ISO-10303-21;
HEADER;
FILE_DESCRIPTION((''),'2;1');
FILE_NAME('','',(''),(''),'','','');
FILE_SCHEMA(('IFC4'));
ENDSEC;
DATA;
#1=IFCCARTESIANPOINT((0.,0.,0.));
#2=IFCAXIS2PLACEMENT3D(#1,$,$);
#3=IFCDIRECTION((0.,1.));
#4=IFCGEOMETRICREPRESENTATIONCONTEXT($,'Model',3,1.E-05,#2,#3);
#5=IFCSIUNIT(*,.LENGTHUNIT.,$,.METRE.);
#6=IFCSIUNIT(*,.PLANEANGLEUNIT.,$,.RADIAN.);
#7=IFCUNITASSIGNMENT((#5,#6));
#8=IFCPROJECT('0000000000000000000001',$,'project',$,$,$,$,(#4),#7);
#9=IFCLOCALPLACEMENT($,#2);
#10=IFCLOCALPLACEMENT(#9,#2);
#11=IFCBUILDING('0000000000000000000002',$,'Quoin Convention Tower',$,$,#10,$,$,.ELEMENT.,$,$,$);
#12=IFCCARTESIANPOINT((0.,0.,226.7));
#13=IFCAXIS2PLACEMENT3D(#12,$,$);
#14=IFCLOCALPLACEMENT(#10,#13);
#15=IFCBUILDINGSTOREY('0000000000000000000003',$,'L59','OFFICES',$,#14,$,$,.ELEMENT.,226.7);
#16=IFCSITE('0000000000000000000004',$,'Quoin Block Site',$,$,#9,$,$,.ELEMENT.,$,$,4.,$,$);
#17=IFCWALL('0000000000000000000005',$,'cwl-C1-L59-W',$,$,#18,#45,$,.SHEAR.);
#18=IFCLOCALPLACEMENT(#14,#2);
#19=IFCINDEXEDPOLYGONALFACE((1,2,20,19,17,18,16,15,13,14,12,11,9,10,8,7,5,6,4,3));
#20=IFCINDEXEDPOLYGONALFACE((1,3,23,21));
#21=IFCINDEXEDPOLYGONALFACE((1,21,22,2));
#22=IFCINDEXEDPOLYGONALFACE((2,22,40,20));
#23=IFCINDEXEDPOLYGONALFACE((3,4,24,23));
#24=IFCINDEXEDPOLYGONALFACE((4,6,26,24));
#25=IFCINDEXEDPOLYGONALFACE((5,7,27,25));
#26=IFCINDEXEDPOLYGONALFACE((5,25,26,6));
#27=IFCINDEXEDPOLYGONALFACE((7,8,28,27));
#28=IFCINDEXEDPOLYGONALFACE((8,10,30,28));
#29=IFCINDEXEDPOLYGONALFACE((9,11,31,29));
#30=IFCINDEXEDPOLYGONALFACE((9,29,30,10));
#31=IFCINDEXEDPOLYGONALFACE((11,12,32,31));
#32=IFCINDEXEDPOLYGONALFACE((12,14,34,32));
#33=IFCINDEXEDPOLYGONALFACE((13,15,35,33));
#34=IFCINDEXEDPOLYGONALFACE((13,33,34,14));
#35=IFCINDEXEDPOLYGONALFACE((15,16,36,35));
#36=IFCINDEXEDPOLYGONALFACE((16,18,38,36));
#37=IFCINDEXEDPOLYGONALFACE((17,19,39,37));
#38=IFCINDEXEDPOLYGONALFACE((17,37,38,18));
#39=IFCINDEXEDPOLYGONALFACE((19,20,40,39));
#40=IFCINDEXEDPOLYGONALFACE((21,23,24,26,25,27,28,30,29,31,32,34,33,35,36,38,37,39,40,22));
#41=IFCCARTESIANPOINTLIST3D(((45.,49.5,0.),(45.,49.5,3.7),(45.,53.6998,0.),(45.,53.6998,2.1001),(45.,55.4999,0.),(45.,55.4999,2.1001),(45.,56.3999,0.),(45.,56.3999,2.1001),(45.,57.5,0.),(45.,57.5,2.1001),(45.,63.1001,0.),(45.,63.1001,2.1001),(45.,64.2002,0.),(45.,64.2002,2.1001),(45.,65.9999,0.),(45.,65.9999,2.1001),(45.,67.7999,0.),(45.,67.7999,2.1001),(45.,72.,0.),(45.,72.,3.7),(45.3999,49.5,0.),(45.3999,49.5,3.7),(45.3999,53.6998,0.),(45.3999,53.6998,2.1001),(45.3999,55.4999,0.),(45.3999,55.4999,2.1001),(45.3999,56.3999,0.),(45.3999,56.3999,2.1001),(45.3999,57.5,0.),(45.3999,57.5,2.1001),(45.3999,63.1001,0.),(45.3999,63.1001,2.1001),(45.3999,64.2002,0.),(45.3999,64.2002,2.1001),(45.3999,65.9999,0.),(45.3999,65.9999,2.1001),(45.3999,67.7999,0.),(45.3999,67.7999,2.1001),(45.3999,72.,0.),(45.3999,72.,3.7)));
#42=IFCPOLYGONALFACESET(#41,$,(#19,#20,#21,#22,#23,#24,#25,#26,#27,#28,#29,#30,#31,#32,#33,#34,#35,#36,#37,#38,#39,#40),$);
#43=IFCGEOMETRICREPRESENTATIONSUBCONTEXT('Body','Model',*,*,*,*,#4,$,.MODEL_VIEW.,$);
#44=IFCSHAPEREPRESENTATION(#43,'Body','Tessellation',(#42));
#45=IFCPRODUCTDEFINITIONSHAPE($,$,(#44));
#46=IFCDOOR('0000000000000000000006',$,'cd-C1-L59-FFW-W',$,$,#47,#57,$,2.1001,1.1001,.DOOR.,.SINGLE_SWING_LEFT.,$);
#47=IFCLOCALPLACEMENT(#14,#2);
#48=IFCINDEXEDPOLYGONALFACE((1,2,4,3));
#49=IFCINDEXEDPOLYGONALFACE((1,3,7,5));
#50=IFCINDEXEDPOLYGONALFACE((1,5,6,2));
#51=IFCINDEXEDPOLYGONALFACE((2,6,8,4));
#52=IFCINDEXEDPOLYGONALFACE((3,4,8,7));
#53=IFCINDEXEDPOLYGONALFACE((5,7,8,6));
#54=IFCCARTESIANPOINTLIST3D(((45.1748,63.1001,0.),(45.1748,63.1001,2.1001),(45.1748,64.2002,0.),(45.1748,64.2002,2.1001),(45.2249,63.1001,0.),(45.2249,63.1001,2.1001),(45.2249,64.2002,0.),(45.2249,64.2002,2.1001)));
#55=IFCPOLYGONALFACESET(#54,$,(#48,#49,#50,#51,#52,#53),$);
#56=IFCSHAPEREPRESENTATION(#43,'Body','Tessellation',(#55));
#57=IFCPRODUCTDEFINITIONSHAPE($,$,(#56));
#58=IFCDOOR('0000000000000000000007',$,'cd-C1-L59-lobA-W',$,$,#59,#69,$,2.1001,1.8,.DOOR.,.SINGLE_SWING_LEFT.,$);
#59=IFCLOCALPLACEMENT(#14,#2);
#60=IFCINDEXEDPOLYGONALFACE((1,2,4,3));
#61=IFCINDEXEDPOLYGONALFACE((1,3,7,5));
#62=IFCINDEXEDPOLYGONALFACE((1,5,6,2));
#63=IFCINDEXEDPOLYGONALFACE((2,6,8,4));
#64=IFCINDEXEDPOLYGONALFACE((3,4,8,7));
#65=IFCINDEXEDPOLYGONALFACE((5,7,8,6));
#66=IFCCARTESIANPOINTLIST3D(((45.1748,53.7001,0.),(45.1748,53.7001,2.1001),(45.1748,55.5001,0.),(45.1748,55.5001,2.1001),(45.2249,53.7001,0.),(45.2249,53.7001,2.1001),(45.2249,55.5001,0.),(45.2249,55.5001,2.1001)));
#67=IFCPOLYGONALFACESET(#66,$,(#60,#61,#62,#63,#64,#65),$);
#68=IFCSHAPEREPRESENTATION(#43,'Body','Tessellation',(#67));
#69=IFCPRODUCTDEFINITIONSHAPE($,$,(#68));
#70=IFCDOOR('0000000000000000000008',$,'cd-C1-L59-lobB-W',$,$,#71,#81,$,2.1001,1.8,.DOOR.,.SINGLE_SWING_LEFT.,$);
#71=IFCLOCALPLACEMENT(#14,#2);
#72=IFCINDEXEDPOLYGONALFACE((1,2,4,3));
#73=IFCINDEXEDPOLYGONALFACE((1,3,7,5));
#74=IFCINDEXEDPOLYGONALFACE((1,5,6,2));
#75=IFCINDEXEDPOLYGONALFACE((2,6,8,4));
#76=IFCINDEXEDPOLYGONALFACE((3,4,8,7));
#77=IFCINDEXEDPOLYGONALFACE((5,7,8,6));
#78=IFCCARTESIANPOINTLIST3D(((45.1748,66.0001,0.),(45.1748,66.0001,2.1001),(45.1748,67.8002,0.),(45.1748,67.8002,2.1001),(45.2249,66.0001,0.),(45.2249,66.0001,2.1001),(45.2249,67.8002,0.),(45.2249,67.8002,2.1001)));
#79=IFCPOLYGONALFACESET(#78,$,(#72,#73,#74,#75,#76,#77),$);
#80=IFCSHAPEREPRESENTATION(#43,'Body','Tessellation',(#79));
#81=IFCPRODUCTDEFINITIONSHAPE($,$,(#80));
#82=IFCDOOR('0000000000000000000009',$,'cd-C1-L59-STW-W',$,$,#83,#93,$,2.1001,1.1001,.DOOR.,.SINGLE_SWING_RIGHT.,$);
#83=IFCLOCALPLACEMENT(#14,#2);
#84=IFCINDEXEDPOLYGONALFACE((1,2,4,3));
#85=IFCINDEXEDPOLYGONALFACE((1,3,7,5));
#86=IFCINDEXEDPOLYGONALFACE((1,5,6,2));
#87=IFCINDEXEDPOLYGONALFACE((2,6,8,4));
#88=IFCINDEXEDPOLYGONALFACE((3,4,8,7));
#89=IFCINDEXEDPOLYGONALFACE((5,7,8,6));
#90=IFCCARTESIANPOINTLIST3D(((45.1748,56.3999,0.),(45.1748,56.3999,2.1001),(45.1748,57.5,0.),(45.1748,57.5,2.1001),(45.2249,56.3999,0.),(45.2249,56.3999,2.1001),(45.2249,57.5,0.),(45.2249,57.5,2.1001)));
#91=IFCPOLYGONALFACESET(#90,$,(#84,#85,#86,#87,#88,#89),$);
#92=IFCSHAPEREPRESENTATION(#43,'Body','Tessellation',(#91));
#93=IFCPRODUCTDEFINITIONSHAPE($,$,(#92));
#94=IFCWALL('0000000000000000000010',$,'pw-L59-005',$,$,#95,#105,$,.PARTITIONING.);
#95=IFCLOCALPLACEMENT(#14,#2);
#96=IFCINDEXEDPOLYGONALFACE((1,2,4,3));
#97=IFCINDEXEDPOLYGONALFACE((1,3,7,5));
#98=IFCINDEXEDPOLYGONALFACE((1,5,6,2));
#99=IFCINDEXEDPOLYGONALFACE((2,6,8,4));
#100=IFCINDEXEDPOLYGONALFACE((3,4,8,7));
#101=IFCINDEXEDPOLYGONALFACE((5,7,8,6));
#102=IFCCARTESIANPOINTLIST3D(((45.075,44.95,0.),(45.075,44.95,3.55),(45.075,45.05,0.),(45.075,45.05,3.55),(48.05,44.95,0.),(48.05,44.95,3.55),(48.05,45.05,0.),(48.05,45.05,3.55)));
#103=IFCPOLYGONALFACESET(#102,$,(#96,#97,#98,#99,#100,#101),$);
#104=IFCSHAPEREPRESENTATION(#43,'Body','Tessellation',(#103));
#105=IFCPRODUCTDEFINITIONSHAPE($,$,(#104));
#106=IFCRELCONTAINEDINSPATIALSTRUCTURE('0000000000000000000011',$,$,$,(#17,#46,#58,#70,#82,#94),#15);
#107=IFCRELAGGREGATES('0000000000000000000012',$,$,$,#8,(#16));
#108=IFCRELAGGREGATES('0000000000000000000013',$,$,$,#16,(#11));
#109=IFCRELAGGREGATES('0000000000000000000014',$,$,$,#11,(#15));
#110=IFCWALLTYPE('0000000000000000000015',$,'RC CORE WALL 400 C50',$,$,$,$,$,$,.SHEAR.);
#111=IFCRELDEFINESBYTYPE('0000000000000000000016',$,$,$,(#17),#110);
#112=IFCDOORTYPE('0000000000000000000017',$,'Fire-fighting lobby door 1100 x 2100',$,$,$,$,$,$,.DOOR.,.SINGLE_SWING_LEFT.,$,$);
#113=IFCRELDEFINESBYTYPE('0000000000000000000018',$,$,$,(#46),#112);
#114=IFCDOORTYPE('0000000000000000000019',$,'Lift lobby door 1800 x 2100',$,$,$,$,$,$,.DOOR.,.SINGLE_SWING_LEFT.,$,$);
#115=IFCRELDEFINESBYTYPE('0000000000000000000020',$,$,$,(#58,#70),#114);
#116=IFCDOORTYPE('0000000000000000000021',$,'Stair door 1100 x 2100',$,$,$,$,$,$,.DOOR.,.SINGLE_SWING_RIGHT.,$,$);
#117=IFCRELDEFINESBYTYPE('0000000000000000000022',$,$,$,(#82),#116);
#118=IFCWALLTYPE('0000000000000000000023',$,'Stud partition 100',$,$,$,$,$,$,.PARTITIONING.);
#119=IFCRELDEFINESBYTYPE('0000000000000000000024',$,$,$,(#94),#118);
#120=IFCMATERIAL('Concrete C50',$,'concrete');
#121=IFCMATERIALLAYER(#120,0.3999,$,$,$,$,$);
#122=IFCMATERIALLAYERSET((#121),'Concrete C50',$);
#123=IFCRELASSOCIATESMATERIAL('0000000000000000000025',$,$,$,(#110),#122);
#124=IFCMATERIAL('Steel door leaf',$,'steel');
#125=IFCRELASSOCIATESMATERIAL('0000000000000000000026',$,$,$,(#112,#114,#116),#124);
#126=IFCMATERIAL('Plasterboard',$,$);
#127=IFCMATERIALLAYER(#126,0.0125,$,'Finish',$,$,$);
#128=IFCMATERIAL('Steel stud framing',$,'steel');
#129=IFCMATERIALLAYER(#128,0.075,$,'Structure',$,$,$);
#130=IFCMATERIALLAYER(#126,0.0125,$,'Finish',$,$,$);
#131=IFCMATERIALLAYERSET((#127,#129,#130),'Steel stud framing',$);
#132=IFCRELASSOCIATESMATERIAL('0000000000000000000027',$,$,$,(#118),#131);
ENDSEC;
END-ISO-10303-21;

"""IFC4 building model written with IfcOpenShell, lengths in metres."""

from ifc_helpers import new_model, si_unit, direction, frame, frame_2d, origin, place, context, subcontext, project, spatial, rectangle, extrude, material, layer, layer_set, type_object, element, fill, save


model = new_model("IFC4")

# Units and contexts
model_context = context("Model", 3, precision=1e-05, world=origin(), true_north=direction((0.0, 1.0)))
body_context = subcontext(model_context, "Body", "Model", "MODEL_VIEW")
ifc_project = project(units=[si_unit("LENGTHUNIT", "METRE"), si_unit("PLANEANGLEUNIT", "RADIAN")], contexts=[model_context])

# Site, building, storey
site_placement = place(None, origin())
site = spatial("IfcSite", under=ifc_project, at=site_placement, Name="Quoin Block Site", CompositionType="ELEMENT", RefElevation=4.0)
building_placement = place(site_placement, origin())
building = spatial("IfcBuilding", under=site, at=building_placement, Name="Quoin Convention Tower", CompositionType="ELEMENT")
storey_placement = place(building_placement, frame((0.0, 0.0, 226.7)))
storey = spatial("IfcBuildingStorey", under=building, at=storey_placement, Name="L59", Description="OFFICES", CompositionType="ELEMENT", Elevation=226.7)

# Shared definitions
ifc_material_1 = material(Name="Plasterboard")
ifc_material_2 = material(Name="Steel stud framing", Category="steel")
ifc_material_3 = material(Name="Steel door leaf", Category="steel")

# Shared definitions
ifc_material_4 = material(Name="Concrete C50", Category="concrete")
ifc_layer_1 = layer(ifc_material_4, 0.3999)
ifc_layer_set_1 = layer_set([ifc_layer_1], Name="Concrete C50")
wall_type_1 = type_object("IfcWallType", Name="RC CORE WALL 400 C50", PredefinedType="SHEAR", material=ifc_layer_set_1)

# Wall, openings, doors
wall_1_placement = place(storey_placement, frame((45.2, 49.5, 0.0), z_axis=(0.0, 0.0, 1.0), x_axis=(0.0, 1.0, 0.0)))
wall_1 = element("IfcWall", 1, at=wall_1_placement, inside=storey, type_object=wall_type_1, Name="cwl-C1-L59-W", PredefinedType="SHEAR", context=body_context, shape_type="SweptSolid", body=[
    extrude(rectangle(XDim=22.5, YDim=0.3999, at=frame_2d((11.25, 0.0))), origin(), (0.0, 0.0, 1.0), 3.7),
])
opening_1_placement = place(wall_1_placement, frame((4.2, 0.0, 0.0)))
opening_1 = element("IfcOpeningElement", 2, at=opening_1_placement, cuts=wall_1, PredefinedType="OPENING", context=body_context, shape_type="SweptSolid", body=[
    extrude(rectangle(XDim=1.8, YDim=2.1001, at=frame_2d((0.8999, 1.05))), frame((0.0, 0.21, 0.0), z_axis=(0.0, -1.0, 0.0), x_axis=(1.0, 0.0, 0.0)), (0.0, 0.0, 1.0), 0.4199),
])
opening_2_placement = place(wall_1_placement, frame((6.8999, 0.0, 0.0)))
opening_2 = element("IfcOpeningElement", 3, at=opening_2_placement, cuts=wall_1, PredefinedType="OPENING", context=body_context, shape_type="SweptSolid", body=[
    extrude(rectangle(XDim=1.1001, YDim=2.1001, at=frame_2d((0.55, 1.05))), frame((0.0, 0.21, 0.0), z_axis=(0.0, -1.0, 0.0), x_axis=(1.0, 0.0, 0.0)), (0.0, 0.0, 1.0), 0.4199),
])
opening_3_placement = place(wall_1_placement, frame((13.6001, 0.0, 0.0)))
opening_3 = element("IfcOpeningElement", 4, at=opening_3_placement, cuts=wall_1, PredefinedType="OPENING", context=body_context, shape_type="SweptSolid", body=[
    extrude(rectangle(XDim=1.1001, YDim=2.1001, at=frame_2d((0.55, 1.05))), frame((0.0, 0.21, 0.0), z_axis=(0.0, -1.0, 0.0), x_axis=(1.0, 0.0, 0.0)), (0.0, 0.0, 1.0), 0.4199),
])
opening_4_placement = place(wall_1_placement, frame((16.5, 0.0, 0.0)))
opening_4 = element("IfcOpeningElement", 5, at=opening_4_placement, cuts=wall_1, PredefinedType="OPENING", context=body_context, shape_type="SweptSolid", body=[
    extrude(rectangle(XDim=1.8, YDim=2.1001, at=frame_2d((0.8999, 1.05))), frame((0.0, 0.21, 0.0), z_axis=(0.0, -1.0, 0.0), x_axis=(1.0, 0.0, 0.0)), (0.0, 0.0, 1.0), 0.4199),
])
door_type_1 = type_object("IfcDoorType", Name="Fire-fighting lobby door 1100 x 2100", OperationType="SINGLE_SWING_LEFT", PredefinedType="DOOR", material=ifc_material_3)
door_1_placement = place(opening_3_placement, frame((1.1001, 0.0, 0.0), z_axis=(0.0, 0.0, 1.0), x_axis=(-1.0, 0.0, 0.0)))
door_1 = element("IfcDoor", 6, at=door_1_placement, inside=storey, type_object=door_type_1, Name="cd-C1-L59-FFW-W", OperationType="SINGLE_SWING_LEFT", OverallHeight=2.1001, OverallWidth=1.1001, PredefinedType="DOOR", context=body_context, shape_type="SweptSolid", body=[
    extrude(rectangle(XDim=1.1001, YDim=2.1001, at=frame_2d((0.55, 1.05))), frame((0.0, 0.0249, 0.0), z_axis=(0.0, -1.0, 0.0), x_axis=(1.0, 0.0, 0.0)), (0.0, 0.0, 1.0), 0.05),
])
fill(opening_3, door_1)
door_type_2 = type_object("IfcDoorType", Name="Lift lobby door 1800 x 2100", OperationType="SINGLE_SWING_LEFT", PredefinedType="DOOR", material=ifc_material_3)
door_2_placement = place(opening_1_placement, frame((1.8, 0.0, 0.0), z_axis=(0.0, 0.0, 1.0), x_axis=(-1.0, 0.0, 0.0)))
door_2 = element("IfcDoor", 7, at=door_2_placement, inside=storey, type_object=door_type_2, Name="cd-C1-L59-lobA-W", OperationType="SINGLE_SWING_LEFT", OverallHeight=2.1001, OverallWidth=1.8, PredefinedType="DOOR", context=body_context, shape_type="SweptSolid", body=[
    extrude(rectangle(XDim=1.8, YDim=2.1001, at=frame_2d((0.8999, 1.05))), frame((0.0, 0.0249, 0.0), z_axis=(0.0, -1.0, 0.0), x_axis=(1.0, 0.0, 0.0)), (0.0, 0.0, 1.0), 0.05),
])
fill(opening_1, door_2)
door_3_placement = place(opening_4_placement, frame((1.8, 0.0, 0.0), z_axis=(0.0, 0.0, 1.0), x_axis=(-1.0, 0.0, 0.0)))
door_3 = element("IfcDoor", 8, at=door_3_placement, inside=storey, type_object=door_type_2, Name="cd-C1-L59-lobB-W", OperationType="SINGLE_SWING_LEFT", OverallHeight=2.1001, OverallWidth=1.8, PredefinedType="DOOR", context=body_context, shape_type="SweptSolid", body=[
    extrude(rectangle(XDim=1.8, YDim=2.1001, at=frame_2d((0.8999, 1.05))), frame((0.0, 0.0249, 0.0), z_axis=(0.0, -1.0, 0.0), x_axis=(1.0, 0.0, 0.0)), (0.0, 0.0, 1.0), 0.05),
])
fill(opening_4, door_3)
door_type_3 = type_object("IfcDoorType", Name="Stair door 1100 x 2100", OperationType="SINGLE_SWING_RIGHT", PredefinedType="DOOR", material=ifc_material_3)
door_4_placement = place(opening_2_placement, frame((1.1001, 0.0, 0.0), z_axis=(0.0, 0.0, 1.0), x_axis=(-1.0, 0.0, 0.0)))
door_4 = element("IfcDoor", 9, at=door_4_placement, inside=storey, type_object=door_type_3, Name="cd-C1-L59-STW-W", OperationType="SINGLE_SWING_RIGHT", OverallHeight=2.1001, OverallWidth=1.1001, PredefinedType="DOOR", context=body_context, shape_type="SweptSolid", body=[
    extrude(rectangle(XDim=1.1001, YDim=2.1001, at=frame_2d((0.55, 1.05))), frame((0.0, 0.0249, 0.0), z_axis=(0.0, -1.0, 0.0), x_axis=(1.0, 0.0, 0.0)), (0.0, 0.0, 1.0), 0.05),
])
fill(opening_2, door_4)

# Wall
ifc_layer_2 = layer(ifc_material_1, 0.0125, Name="Finish")
ifc_layer_3 = layer(ifc_material_2, 0.075, Name="Structure")
ifc_layer_4 = layer(ifc_material_1, 0.0125, Name="Finish")
ifc_layer_set_2 = layer_set([ifc_layer_2, ifc_layer_3, ifc_layer_4], Name="Steel stud framing")
wall_type_2 = type_object("IfcWallType", Name="Stud partition 100", PredefinedType="PARTITIONING", material=ifc_layer_set_2)
wall_2_placement = place(storey_placement, frame((45.075, 45.0, 0.0), z_axis=(0.0, 0.0, 1.0), x_axis=(1.0, 0.0, 0.0)))
element("IfcWall", 10, at=wall_2_placement, inside=storey, type_object=wall_type_2, Name="pw-L59-005", PredefinedType="PARTITIONING", context=body_context, shape_type="SweptSolid", body=[
    extrude(rectangle(XDim=2.9751, YDim=0.1001, at=frame_2d((1.4875, 0.0))), origin(), (0.0, 0.0, 1.0), 3.55),
])

save(model, "model.ifc")
